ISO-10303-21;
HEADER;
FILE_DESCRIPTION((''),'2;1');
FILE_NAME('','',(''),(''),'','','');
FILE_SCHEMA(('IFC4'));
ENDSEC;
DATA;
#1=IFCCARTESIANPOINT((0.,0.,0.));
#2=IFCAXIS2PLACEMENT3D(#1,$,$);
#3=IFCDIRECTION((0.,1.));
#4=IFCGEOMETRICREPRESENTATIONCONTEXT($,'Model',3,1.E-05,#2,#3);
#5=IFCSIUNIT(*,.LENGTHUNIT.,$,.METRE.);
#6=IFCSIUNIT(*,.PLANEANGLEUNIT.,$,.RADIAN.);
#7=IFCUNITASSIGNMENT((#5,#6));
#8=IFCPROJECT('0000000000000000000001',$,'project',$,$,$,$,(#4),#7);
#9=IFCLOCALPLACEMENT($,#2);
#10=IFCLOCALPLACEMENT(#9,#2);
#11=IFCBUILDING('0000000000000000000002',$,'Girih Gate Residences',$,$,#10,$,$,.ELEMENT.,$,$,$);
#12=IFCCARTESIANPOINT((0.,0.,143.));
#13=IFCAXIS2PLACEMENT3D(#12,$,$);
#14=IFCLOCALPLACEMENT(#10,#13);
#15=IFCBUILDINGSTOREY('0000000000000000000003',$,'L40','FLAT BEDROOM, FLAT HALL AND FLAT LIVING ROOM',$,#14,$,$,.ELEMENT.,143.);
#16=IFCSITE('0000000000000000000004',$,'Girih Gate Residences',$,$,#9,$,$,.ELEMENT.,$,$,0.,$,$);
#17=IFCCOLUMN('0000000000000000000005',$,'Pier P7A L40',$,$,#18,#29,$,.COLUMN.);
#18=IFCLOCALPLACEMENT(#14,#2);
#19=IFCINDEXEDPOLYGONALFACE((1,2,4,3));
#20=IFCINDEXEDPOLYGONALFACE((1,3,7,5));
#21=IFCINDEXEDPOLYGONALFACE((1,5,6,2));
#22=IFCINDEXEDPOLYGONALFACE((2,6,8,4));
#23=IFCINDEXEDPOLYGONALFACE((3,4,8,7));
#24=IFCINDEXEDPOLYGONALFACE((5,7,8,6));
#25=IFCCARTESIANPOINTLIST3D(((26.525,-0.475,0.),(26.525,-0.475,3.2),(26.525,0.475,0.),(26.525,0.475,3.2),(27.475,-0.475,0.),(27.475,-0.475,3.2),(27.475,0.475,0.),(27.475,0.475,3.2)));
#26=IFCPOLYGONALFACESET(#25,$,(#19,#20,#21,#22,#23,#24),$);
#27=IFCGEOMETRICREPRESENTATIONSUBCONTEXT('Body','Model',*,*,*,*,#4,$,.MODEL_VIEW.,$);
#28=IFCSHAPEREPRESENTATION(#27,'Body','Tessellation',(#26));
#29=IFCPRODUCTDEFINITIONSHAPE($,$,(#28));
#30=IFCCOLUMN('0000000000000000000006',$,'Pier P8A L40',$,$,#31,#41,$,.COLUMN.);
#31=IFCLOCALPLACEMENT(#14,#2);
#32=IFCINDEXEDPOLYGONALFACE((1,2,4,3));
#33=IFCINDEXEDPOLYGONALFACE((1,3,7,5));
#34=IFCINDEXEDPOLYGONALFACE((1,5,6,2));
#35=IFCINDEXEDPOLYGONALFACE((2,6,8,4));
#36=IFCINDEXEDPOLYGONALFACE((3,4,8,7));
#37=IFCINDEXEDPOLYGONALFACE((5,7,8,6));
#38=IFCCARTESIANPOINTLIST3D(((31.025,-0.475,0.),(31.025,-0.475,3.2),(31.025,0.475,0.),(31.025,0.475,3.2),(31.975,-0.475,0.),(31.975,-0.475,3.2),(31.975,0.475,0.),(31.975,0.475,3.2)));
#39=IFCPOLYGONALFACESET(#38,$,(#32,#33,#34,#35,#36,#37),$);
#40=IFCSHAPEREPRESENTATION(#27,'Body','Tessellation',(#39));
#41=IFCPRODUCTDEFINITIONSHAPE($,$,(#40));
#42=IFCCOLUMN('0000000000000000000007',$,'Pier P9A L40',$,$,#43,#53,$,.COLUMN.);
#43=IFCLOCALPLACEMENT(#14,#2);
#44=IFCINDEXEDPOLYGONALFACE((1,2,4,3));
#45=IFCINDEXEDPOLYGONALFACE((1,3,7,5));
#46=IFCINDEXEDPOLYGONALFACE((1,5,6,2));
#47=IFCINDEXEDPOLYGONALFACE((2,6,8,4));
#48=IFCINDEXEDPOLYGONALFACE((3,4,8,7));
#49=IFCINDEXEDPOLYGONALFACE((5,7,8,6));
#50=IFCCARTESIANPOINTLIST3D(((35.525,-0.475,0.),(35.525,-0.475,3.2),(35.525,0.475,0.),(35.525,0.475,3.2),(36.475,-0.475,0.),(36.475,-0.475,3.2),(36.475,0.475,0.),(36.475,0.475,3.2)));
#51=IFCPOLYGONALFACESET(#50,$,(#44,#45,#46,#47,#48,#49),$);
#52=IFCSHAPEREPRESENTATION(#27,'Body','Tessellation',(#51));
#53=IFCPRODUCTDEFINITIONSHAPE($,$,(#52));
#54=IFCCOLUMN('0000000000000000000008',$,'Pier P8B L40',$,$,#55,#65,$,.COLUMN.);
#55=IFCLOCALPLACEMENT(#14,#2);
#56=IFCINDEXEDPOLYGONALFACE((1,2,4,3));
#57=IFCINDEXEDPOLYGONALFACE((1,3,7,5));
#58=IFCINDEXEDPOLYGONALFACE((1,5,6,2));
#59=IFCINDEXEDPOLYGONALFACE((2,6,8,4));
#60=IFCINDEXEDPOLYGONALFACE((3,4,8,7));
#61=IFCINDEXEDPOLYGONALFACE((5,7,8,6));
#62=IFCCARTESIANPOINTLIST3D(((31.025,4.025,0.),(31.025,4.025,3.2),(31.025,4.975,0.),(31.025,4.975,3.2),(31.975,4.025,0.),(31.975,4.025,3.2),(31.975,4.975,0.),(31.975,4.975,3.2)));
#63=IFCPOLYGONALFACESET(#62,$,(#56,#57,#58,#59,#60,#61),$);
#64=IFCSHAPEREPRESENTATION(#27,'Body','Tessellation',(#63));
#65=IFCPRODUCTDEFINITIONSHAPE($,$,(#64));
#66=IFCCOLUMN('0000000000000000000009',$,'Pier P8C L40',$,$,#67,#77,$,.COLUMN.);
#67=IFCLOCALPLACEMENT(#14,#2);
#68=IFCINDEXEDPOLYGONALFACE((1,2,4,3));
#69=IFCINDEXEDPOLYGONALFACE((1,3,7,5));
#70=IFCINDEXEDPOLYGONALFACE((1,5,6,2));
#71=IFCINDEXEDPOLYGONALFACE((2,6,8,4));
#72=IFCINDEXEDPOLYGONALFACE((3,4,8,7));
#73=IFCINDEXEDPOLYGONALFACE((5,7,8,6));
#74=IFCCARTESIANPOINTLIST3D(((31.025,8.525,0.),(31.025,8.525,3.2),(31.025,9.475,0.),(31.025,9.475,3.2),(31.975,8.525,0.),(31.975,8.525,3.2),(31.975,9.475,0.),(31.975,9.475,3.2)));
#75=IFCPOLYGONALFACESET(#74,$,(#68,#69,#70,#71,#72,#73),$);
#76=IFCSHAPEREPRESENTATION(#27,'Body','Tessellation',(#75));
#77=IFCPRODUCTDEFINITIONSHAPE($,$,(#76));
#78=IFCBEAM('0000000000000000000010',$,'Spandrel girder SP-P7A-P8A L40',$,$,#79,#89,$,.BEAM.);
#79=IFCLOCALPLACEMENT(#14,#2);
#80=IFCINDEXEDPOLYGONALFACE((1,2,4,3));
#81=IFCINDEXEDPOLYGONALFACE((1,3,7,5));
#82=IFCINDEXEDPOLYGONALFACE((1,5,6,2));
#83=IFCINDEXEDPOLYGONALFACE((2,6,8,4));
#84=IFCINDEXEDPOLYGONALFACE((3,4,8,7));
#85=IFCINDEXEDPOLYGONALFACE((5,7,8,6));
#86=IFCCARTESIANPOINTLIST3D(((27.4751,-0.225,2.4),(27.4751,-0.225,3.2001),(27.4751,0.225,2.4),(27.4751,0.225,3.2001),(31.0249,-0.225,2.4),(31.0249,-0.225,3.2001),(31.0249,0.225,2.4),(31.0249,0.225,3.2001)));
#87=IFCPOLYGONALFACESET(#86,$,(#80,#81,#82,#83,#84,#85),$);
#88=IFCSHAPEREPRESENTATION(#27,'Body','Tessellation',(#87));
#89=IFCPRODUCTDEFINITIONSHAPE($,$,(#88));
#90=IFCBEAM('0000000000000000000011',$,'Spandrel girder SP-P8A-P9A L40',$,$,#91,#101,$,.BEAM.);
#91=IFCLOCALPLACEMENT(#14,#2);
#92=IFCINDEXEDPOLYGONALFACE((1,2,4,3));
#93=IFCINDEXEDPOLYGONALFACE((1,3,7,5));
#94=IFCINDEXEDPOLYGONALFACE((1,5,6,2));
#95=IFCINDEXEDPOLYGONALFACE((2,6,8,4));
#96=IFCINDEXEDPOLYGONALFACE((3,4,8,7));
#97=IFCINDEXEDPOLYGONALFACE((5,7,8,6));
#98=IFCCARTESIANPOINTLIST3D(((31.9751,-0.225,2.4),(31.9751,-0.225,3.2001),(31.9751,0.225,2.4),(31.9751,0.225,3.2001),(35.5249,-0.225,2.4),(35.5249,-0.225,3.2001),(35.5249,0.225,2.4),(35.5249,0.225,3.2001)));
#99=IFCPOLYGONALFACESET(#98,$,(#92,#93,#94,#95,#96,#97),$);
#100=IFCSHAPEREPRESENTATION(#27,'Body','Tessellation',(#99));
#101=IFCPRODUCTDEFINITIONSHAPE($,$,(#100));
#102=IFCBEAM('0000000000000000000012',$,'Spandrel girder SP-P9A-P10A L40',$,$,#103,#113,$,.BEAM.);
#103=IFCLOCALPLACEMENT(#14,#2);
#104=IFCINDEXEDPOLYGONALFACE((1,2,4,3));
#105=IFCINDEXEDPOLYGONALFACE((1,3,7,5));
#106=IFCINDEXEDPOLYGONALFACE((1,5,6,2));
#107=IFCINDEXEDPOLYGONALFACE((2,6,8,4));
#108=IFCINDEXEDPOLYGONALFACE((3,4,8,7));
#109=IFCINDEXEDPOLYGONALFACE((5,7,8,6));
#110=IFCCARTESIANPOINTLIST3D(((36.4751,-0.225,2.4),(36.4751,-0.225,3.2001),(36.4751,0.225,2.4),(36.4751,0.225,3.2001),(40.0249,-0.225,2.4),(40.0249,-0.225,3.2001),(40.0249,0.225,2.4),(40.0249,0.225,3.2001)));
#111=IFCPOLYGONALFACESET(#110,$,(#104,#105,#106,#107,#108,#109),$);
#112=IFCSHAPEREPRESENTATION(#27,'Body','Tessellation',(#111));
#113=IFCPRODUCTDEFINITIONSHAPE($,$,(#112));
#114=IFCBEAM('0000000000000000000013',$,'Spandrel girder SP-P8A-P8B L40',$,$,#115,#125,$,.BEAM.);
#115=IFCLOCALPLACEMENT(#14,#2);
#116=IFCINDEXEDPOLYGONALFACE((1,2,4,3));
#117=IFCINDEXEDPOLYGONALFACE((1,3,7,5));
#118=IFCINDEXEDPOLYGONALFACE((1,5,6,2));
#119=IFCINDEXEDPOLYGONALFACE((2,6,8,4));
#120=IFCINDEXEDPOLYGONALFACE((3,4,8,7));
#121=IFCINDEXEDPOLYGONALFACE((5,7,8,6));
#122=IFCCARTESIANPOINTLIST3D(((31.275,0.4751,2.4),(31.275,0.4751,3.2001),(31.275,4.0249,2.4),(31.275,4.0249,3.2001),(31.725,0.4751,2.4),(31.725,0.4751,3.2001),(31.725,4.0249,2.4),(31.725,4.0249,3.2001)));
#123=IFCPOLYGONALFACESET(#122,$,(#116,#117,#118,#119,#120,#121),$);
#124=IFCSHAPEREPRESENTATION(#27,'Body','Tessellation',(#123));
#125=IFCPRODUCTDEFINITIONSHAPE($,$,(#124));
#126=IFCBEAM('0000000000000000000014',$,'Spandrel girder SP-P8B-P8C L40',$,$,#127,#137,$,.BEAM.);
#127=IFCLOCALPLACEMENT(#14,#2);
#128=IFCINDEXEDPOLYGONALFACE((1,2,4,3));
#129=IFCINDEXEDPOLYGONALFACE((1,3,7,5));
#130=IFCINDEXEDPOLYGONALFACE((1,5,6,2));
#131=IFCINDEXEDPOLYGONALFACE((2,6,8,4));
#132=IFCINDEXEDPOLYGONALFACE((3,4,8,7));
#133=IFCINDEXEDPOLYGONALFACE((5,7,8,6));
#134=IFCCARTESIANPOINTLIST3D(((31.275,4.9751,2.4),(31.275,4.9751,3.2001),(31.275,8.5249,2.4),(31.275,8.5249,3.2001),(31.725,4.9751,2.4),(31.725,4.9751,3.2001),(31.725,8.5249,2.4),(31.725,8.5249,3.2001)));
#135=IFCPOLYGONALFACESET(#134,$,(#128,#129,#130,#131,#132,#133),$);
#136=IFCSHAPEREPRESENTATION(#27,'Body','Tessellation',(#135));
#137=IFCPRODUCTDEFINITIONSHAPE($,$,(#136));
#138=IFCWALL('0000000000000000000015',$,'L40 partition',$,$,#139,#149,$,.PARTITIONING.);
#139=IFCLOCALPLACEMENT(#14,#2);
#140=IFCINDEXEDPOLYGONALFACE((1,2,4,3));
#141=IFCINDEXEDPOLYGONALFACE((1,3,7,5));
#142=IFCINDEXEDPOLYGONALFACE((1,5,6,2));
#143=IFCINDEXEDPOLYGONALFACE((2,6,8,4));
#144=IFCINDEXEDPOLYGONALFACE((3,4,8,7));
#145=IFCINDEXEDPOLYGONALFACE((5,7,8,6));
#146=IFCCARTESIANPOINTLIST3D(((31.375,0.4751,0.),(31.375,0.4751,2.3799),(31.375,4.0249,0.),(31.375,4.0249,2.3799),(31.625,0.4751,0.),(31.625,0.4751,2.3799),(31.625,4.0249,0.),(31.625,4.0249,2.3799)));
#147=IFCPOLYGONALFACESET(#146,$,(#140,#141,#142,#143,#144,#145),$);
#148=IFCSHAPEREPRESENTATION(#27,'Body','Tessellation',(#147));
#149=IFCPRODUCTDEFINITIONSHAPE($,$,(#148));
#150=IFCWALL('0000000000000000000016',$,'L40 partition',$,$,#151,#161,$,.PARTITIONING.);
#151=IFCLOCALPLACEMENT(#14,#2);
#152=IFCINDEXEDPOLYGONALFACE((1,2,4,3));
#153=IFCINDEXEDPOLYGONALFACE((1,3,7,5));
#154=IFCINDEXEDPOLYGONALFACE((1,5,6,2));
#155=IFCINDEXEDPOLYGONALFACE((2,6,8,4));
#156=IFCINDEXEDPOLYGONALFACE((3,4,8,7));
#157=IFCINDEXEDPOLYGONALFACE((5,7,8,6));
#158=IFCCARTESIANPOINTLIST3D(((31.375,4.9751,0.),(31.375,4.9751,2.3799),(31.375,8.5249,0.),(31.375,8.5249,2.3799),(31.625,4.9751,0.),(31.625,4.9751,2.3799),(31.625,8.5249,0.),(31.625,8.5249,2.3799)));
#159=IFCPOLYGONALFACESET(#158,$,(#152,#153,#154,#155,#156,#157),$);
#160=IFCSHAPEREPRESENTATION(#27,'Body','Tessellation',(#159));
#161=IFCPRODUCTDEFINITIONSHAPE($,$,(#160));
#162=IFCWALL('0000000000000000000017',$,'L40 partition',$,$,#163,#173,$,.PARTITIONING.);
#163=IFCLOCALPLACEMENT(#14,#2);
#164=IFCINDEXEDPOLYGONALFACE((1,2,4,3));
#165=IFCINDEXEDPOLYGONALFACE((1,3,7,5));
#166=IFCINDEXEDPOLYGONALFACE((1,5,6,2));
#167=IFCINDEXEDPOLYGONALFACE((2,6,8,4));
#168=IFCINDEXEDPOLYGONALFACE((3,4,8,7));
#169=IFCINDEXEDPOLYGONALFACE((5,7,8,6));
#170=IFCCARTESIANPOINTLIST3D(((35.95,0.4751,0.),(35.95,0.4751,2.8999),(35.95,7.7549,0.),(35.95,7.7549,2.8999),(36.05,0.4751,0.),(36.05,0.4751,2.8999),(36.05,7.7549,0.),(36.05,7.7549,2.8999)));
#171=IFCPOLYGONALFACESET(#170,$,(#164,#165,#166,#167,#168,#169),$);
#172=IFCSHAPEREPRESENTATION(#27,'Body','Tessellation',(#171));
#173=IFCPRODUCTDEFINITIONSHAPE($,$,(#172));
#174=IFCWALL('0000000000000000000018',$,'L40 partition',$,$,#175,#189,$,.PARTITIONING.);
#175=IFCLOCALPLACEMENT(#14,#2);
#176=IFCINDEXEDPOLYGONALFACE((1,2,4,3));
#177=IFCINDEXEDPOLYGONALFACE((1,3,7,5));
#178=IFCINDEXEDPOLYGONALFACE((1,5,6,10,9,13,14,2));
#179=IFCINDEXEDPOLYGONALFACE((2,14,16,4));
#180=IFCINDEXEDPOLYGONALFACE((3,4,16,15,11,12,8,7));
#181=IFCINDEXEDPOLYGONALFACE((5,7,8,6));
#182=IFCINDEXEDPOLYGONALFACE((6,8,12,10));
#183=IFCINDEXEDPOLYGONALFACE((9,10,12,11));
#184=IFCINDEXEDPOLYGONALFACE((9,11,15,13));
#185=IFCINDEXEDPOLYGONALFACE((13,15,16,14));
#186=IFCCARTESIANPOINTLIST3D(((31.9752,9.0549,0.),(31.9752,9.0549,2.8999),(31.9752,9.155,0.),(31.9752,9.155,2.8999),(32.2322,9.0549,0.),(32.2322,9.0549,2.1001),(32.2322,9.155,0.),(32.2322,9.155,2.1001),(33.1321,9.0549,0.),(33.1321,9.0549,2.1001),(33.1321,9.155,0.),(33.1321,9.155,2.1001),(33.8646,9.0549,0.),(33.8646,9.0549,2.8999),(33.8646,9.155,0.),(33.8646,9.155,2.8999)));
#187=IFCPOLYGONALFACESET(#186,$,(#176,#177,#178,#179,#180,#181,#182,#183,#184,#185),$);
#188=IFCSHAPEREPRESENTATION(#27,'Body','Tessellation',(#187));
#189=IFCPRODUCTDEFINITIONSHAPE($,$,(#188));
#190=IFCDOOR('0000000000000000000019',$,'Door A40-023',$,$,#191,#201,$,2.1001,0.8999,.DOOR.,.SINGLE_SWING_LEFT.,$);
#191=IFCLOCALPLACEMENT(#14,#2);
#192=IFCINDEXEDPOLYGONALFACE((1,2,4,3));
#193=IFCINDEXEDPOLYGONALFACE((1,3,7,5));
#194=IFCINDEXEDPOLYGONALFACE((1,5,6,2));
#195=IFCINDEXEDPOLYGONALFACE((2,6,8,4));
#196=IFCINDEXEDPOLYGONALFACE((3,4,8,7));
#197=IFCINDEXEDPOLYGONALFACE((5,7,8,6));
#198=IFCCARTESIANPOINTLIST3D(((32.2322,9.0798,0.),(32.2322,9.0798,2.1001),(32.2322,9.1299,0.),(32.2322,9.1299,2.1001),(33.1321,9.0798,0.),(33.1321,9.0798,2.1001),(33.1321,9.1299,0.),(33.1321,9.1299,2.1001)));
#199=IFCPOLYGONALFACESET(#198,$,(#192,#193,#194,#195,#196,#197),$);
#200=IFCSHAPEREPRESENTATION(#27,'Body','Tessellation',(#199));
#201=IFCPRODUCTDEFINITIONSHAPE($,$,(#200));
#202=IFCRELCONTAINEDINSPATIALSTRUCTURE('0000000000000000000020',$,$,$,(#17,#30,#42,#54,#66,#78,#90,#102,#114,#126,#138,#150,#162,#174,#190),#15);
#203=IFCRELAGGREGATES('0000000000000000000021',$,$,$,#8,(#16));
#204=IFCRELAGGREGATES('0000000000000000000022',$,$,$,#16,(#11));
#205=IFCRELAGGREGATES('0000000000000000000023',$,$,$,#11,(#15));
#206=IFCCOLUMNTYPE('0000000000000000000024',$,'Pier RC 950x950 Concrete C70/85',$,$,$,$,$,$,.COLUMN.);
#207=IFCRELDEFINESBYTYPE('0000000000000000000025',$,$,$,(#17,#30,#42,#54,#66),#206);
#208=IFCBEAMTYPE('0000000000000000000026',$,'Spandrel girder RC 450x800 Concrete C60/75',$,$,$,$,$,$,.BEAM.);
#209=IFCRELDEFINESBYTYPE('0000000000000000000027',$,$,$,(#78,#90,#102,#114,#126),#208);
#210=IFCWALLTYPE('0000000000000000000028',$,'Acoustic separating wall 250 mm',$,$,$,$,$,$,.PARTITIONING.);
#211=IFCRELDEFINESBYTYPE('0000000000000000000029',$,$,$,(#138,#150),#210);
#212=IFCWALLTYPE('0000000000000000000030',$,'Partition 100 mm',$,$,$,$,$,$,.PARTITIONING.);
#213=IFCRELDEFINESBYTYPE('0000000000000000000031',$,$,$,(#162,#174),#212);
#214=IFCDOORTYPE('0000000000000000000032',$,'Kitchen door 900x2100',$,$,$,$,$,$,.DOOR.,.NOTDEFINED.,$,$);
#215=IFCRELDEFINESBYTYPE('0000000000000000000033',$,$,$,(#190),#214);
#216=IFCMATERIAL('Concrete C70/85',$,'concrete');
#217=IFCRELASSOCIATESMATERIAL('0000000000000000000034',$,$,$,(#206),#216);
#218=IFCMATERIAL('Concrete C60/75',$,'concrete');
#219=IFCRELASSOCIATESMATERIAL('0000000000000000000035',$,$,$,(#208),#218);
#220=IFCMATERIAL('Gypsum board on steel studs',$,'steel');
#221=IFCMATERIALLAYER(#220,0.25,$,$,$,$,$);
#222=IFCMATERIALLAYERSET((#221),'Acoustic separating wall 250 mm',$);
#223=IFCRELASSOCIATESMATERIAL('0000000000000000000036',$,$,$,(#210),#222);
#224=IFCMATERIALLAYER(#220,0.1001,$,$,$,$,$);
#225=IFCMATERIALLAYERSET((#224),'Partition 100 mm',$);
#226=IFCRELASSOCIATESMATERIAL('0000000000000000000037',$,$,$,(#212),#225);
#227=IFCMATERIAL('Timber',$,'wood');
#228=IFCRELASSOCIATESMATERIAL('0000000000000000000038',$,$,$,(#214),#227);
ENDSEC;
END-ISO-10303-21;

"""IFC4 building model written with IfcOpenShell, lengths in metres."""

from ifc_helpers import new_model, si_unit, direction, frame, frame_2d, origin, origin_2d, place, context, subcontext, project, spatial, rectangle, extrude, material, layer, layer_set, material_profile, profile_set, type_object, element, fill, save


model = new_model("IFC4")

# Units and contexts
model_context = context("Model", 3, precision=1e-05, world=origin(), true_north=direction((0.0, 1.0)))
body_context = subcontext(model_context, "Body", "Model", "MODEL_VIEW")
ifc_project = project(units=[si_unit("LENGTHUNIT", "METRE"), si_unit("PLANEANGLEUNIT", "RADIAN")], contexts=[model_context])

# Site, building, storey
site_placement = place(None, origin())
site = spatial("IfcSite", under=ifc_project, at=site_placement, Name="Girih Gate Residences", CompositionType="ELEMENT", RefElevation=0.0)
building_placement = place(site_placement, origin())
building = spatial("IfcBuilding", under=site, at=building_placement, Name="Girih Gate Residences", CompositionType="ELEMENT")
storey_placement = place(building_placement, frame((0.0, 0.0, 143.0)))
storey = spatial("IfcBuildingStorey", under=building, at=storey_placement, Name="L40", Description="FLAT BEDROOM, FLAT HALL AND FLAT LIVING ROOM", CompositionType="ELEMENT", Elevation=143.0)

# Columns
ifc_material_1 = material(Name="Concrete C70/85", Category="concrete")
ifc_material_profile_1 = material_profile(ifc_material_1, rectangle(XDim=0.95, YDim=0.95, at=origin_2d()))
ifc_profile_set_1 = profile_set([ifc_material_profile_1], Name="Concrete C70/85")
column_type = type_object("IfcColumnType", Name="Pier RC 950x950 Concrete C70/85", PredefinedType="COLUMN", material=ifc_profile_set_1)
for number, where, z_axis, x_axis, name in (
    (1, (27.0, 0.0, 0.0), (0.0, 0.0, 1.0), (1.0, 0.0, 0.0), "Pier P7A L40"),
    (2, (31.5, 0.0, 0.0), (0.0, 0.0, 1.0), (1.0, 0.0, 0.0), "Pier P8A L40"),
    (3, (36.0, 0.0, 0.0), (0.0, 0.0, 1.0), (1.0, 0.0, 0.0), "Pier P9A L40"),
    (4, (31.5, 4.5, 0.0), (0.0, 0.0, 1.0), (1.0, 0.0, 0.0), "Pier P8B L40"),
    (5, (31.5, 9.0, 0.0), (0.0, 0.0, 1.0), (1.0, 0.0, 0.0), "Pier P8C L40"),
):
    element("IfcColumn", number, at=place(storey_placement, frame(where, z_axis=z_axis, x_axis=x_axis)), inside=storey, type_object=column_type, Name=name, PredefinedType="COLUMN", context=body_context, shape_type="SweptSolid", body=[
        extrude(rectangle(XDim=0.95, YDim=0.95, at=origin_2d()), origin(), (0.0, 0.0, 1.0), 3.2),
    ])

# Beams
ifc_material_2 = material(Name="Concrete C60/75", Category="concrete")
ifc_material_profile_2 = material_profile(ifc_material_2, rectangle(XDim=0.45, YDim=0.8, at=origin_2d()))
ifc_profile_set_2 = profile_set([ifc_material_profile_2], Name="Concrete C60/75")
beam_type = type_object("IfcBeamType", Name="Spandrel girder RC 450x800 Concrete C60/75", PredefinedType="BEAM", material=ifc_profile_set_2)
for number, where, z_axis, x_axis, name in (
    (6, (27.4751, 0.0, 2.8), (1.0, 0.0, 0.0), (0.0, 1.0, 0.0), "Spandrel girder SP-P7A-P8A L40"),
    (7, (31.9751, 0.0, 2.8), (1.0, 0.0, 0.0), (0.0, 1.0, 0.0), "Spandrel girder SP-P8A-P9A L40"),
    (8, (36.4751, 0.0, 2.8), (1.0, 0.0, 0.0), (0.0, 1.0, 0.0), "Spandrel girder SP-P9A-P10A L40"),
    (9, (31.5, 0.4751, 2.8), (0.0, 1.0, 0.0), (-1.0, 0.0, 0.0), "Spandrel girder SP-P8A-P8B L40"),
    (10, (31.5, 4.9751, 2.8), (0.0, 1.0, 0.0), (-1.0, 0.0, 0.0), "Spandrel girder SP-P8B-P8C L40"),
):
    element("IfcBeam", number, at=place(storey_placement, frame(where, z_axis=z_axis, x_axis=x_axis)), inside=storey, type_object=beam_type, Name=name, PredefinedType="BEAM", context=body_context, shape_type="SweptSolid", body=[
        extrude(rectangle(XDim=0.45, YDim=0.8, at=origin_2d()), origin(), (0.0, 0.0, 1.0), 3.5498),
    ])

# Walls
ifc_material_3 = material(Name="Gypsum board on steel studs", Category="steel")
ifc_layer_1 = layer(ifc_material_3, 0.25)
ifc_layer_set_1 = layer_set([ifc_layer_1], Name="Acoustic separating wall 250 mm")
wall_type_1 = type_object("IfcWallType", Name="Acoustic separating wall 250 mm", PredefinedType="PARTITIONING", material=ifc_layer_set_1)
for number, where, z_axis, x_axis, name in (
    (11, (31.5, 0.4751, 0.0), (0.0, 0.0, 1.0), (0.0, 1.0, 0.0), "L40 partition"),
    (12, (31.5, 4.9751, 0.0), (0.0, 0.0, 1.0), (0.0, 1.0, 0.0), "L40 partition"),
):
    element("IfcWall", number, at=place(storey_placement, frame(where, z_axis=z_axis, x_axis=x_axis)), inside=storey, type_object=wall_type_1, Name=name, PredefinedType="PARTITIONING", context=body_context, shape_type="SweptSolid", body=[
        extrude(rectangle(XDim=3.5498, YDim=0.25, at=frame_2d((1.7749, 0.0))), origin(), (0.0, 0.0, 1.0), 2.3799),
    ])
ifc_layer_2 = layer(ifc_material_3, 0.1001)
ifc_layer_set_2 = layer_set([ifc_layer_2], Name="Partition 100 mm")
wall_type_2 = type_object("IfcWallType", Name="Partition 100 mm", PredefinedType="PARTITIONING", material=ifc_layer_set_2)
wall_1_placement = place(storey_placement, frame((36.0, 0.4751, 0.0), z_axis=(0.0, 0.0, 1.0), x_axis=(0.0, 1.0, 0.0)))
element("IfcWall", 13, at=wall_1_placement, inside=storey, type_object=wall_type_2, Name="L40 partition", PredefinedType="PARTITIONING", context=body_context, shape_type="SweptSolid", body=[
    extrude(rectangle(XDim=7.2798, YDim=0.1001, at=frame_2d((3.6399, 0.0))), origin(), (0.0, 0.0, 1.0), 2.8999),
])

# Wall, opening, door
wall_2_placement = place(storey_placement, frame((31.9751, 9.105, 0.0), z_axis=(0.0, 0.0, 1.0), x_axis=(1.0, 0.0, 0.0)))
wall_2 = element("IfcWall", 14, at=wall_2_placement, inside=storey, type_object=wall_type_2, Name="L40 partition", PredefinedType="PARTITIONING", context=body_context, shape_type="SweptSolid", body=[
    extrude(rectangle(XDim=1.8894, YDim=0.1001, at=frame_2d((0.9448, 0.0))), origin(), (0.0, 0.0, 1.0), 2.8999),
])
opening_1_placement = place(wall_2_placement, frame((0.2571, 0.0, 0.0)))
opening_1 = element("IfcOpeningElement", 15, at=opening_1_placement, cuts=wall_2, PredefinedType="OPENING", context=body_context, shape_type="SweptSolid", body=[
    extrude(rectangle(XDim=0.8999, YDim=2.1001, at=frame_2d((0.45, 1.05))), frame((0.0, 0.0601, 0.0), z_axis=(0.0, -1.0, 0.0), x_axis=(1.0, 0.0, 0.0)), (0.0, 0.0, 1.0), 0.1201),
])
ifc_material_4 = material(Name="Timber", Category="wood")
door_type_1 = type_object("IfcDoorType", Name="Kitchen door 900x2100", OperationType="NOTDEFINED", PredefinedType="DOOR", material=ifc_material_4)
door_1_placement = place(opening_1_placement, origin())
door_1 = element("IfcDoor", 16, at=door_1_placement, inside=storey, type_object=door_type_1, Name="Door A40-023", OperationType="SINGLE_SWING_LEFT", OverallHeight=2.1001, OverallWidth=0.8999, PredefinedType="DOOR", context=body_context, shape_type="SweptSolid", body=[
    extrude(rectangle(XDim=0.8999, YDim=2.1001, at=frame_2d((0.45, 1.05))), frame((0.0, 0.0249, 0.0), z_axis=(0.0, -1.0, 0.0), x_axis=(1.0, 0.0, 0.0)), (0.0, 0.0, 1.0), 0.05),
])
fill(opening_1, door_1)

save(model, "model.ifc")
